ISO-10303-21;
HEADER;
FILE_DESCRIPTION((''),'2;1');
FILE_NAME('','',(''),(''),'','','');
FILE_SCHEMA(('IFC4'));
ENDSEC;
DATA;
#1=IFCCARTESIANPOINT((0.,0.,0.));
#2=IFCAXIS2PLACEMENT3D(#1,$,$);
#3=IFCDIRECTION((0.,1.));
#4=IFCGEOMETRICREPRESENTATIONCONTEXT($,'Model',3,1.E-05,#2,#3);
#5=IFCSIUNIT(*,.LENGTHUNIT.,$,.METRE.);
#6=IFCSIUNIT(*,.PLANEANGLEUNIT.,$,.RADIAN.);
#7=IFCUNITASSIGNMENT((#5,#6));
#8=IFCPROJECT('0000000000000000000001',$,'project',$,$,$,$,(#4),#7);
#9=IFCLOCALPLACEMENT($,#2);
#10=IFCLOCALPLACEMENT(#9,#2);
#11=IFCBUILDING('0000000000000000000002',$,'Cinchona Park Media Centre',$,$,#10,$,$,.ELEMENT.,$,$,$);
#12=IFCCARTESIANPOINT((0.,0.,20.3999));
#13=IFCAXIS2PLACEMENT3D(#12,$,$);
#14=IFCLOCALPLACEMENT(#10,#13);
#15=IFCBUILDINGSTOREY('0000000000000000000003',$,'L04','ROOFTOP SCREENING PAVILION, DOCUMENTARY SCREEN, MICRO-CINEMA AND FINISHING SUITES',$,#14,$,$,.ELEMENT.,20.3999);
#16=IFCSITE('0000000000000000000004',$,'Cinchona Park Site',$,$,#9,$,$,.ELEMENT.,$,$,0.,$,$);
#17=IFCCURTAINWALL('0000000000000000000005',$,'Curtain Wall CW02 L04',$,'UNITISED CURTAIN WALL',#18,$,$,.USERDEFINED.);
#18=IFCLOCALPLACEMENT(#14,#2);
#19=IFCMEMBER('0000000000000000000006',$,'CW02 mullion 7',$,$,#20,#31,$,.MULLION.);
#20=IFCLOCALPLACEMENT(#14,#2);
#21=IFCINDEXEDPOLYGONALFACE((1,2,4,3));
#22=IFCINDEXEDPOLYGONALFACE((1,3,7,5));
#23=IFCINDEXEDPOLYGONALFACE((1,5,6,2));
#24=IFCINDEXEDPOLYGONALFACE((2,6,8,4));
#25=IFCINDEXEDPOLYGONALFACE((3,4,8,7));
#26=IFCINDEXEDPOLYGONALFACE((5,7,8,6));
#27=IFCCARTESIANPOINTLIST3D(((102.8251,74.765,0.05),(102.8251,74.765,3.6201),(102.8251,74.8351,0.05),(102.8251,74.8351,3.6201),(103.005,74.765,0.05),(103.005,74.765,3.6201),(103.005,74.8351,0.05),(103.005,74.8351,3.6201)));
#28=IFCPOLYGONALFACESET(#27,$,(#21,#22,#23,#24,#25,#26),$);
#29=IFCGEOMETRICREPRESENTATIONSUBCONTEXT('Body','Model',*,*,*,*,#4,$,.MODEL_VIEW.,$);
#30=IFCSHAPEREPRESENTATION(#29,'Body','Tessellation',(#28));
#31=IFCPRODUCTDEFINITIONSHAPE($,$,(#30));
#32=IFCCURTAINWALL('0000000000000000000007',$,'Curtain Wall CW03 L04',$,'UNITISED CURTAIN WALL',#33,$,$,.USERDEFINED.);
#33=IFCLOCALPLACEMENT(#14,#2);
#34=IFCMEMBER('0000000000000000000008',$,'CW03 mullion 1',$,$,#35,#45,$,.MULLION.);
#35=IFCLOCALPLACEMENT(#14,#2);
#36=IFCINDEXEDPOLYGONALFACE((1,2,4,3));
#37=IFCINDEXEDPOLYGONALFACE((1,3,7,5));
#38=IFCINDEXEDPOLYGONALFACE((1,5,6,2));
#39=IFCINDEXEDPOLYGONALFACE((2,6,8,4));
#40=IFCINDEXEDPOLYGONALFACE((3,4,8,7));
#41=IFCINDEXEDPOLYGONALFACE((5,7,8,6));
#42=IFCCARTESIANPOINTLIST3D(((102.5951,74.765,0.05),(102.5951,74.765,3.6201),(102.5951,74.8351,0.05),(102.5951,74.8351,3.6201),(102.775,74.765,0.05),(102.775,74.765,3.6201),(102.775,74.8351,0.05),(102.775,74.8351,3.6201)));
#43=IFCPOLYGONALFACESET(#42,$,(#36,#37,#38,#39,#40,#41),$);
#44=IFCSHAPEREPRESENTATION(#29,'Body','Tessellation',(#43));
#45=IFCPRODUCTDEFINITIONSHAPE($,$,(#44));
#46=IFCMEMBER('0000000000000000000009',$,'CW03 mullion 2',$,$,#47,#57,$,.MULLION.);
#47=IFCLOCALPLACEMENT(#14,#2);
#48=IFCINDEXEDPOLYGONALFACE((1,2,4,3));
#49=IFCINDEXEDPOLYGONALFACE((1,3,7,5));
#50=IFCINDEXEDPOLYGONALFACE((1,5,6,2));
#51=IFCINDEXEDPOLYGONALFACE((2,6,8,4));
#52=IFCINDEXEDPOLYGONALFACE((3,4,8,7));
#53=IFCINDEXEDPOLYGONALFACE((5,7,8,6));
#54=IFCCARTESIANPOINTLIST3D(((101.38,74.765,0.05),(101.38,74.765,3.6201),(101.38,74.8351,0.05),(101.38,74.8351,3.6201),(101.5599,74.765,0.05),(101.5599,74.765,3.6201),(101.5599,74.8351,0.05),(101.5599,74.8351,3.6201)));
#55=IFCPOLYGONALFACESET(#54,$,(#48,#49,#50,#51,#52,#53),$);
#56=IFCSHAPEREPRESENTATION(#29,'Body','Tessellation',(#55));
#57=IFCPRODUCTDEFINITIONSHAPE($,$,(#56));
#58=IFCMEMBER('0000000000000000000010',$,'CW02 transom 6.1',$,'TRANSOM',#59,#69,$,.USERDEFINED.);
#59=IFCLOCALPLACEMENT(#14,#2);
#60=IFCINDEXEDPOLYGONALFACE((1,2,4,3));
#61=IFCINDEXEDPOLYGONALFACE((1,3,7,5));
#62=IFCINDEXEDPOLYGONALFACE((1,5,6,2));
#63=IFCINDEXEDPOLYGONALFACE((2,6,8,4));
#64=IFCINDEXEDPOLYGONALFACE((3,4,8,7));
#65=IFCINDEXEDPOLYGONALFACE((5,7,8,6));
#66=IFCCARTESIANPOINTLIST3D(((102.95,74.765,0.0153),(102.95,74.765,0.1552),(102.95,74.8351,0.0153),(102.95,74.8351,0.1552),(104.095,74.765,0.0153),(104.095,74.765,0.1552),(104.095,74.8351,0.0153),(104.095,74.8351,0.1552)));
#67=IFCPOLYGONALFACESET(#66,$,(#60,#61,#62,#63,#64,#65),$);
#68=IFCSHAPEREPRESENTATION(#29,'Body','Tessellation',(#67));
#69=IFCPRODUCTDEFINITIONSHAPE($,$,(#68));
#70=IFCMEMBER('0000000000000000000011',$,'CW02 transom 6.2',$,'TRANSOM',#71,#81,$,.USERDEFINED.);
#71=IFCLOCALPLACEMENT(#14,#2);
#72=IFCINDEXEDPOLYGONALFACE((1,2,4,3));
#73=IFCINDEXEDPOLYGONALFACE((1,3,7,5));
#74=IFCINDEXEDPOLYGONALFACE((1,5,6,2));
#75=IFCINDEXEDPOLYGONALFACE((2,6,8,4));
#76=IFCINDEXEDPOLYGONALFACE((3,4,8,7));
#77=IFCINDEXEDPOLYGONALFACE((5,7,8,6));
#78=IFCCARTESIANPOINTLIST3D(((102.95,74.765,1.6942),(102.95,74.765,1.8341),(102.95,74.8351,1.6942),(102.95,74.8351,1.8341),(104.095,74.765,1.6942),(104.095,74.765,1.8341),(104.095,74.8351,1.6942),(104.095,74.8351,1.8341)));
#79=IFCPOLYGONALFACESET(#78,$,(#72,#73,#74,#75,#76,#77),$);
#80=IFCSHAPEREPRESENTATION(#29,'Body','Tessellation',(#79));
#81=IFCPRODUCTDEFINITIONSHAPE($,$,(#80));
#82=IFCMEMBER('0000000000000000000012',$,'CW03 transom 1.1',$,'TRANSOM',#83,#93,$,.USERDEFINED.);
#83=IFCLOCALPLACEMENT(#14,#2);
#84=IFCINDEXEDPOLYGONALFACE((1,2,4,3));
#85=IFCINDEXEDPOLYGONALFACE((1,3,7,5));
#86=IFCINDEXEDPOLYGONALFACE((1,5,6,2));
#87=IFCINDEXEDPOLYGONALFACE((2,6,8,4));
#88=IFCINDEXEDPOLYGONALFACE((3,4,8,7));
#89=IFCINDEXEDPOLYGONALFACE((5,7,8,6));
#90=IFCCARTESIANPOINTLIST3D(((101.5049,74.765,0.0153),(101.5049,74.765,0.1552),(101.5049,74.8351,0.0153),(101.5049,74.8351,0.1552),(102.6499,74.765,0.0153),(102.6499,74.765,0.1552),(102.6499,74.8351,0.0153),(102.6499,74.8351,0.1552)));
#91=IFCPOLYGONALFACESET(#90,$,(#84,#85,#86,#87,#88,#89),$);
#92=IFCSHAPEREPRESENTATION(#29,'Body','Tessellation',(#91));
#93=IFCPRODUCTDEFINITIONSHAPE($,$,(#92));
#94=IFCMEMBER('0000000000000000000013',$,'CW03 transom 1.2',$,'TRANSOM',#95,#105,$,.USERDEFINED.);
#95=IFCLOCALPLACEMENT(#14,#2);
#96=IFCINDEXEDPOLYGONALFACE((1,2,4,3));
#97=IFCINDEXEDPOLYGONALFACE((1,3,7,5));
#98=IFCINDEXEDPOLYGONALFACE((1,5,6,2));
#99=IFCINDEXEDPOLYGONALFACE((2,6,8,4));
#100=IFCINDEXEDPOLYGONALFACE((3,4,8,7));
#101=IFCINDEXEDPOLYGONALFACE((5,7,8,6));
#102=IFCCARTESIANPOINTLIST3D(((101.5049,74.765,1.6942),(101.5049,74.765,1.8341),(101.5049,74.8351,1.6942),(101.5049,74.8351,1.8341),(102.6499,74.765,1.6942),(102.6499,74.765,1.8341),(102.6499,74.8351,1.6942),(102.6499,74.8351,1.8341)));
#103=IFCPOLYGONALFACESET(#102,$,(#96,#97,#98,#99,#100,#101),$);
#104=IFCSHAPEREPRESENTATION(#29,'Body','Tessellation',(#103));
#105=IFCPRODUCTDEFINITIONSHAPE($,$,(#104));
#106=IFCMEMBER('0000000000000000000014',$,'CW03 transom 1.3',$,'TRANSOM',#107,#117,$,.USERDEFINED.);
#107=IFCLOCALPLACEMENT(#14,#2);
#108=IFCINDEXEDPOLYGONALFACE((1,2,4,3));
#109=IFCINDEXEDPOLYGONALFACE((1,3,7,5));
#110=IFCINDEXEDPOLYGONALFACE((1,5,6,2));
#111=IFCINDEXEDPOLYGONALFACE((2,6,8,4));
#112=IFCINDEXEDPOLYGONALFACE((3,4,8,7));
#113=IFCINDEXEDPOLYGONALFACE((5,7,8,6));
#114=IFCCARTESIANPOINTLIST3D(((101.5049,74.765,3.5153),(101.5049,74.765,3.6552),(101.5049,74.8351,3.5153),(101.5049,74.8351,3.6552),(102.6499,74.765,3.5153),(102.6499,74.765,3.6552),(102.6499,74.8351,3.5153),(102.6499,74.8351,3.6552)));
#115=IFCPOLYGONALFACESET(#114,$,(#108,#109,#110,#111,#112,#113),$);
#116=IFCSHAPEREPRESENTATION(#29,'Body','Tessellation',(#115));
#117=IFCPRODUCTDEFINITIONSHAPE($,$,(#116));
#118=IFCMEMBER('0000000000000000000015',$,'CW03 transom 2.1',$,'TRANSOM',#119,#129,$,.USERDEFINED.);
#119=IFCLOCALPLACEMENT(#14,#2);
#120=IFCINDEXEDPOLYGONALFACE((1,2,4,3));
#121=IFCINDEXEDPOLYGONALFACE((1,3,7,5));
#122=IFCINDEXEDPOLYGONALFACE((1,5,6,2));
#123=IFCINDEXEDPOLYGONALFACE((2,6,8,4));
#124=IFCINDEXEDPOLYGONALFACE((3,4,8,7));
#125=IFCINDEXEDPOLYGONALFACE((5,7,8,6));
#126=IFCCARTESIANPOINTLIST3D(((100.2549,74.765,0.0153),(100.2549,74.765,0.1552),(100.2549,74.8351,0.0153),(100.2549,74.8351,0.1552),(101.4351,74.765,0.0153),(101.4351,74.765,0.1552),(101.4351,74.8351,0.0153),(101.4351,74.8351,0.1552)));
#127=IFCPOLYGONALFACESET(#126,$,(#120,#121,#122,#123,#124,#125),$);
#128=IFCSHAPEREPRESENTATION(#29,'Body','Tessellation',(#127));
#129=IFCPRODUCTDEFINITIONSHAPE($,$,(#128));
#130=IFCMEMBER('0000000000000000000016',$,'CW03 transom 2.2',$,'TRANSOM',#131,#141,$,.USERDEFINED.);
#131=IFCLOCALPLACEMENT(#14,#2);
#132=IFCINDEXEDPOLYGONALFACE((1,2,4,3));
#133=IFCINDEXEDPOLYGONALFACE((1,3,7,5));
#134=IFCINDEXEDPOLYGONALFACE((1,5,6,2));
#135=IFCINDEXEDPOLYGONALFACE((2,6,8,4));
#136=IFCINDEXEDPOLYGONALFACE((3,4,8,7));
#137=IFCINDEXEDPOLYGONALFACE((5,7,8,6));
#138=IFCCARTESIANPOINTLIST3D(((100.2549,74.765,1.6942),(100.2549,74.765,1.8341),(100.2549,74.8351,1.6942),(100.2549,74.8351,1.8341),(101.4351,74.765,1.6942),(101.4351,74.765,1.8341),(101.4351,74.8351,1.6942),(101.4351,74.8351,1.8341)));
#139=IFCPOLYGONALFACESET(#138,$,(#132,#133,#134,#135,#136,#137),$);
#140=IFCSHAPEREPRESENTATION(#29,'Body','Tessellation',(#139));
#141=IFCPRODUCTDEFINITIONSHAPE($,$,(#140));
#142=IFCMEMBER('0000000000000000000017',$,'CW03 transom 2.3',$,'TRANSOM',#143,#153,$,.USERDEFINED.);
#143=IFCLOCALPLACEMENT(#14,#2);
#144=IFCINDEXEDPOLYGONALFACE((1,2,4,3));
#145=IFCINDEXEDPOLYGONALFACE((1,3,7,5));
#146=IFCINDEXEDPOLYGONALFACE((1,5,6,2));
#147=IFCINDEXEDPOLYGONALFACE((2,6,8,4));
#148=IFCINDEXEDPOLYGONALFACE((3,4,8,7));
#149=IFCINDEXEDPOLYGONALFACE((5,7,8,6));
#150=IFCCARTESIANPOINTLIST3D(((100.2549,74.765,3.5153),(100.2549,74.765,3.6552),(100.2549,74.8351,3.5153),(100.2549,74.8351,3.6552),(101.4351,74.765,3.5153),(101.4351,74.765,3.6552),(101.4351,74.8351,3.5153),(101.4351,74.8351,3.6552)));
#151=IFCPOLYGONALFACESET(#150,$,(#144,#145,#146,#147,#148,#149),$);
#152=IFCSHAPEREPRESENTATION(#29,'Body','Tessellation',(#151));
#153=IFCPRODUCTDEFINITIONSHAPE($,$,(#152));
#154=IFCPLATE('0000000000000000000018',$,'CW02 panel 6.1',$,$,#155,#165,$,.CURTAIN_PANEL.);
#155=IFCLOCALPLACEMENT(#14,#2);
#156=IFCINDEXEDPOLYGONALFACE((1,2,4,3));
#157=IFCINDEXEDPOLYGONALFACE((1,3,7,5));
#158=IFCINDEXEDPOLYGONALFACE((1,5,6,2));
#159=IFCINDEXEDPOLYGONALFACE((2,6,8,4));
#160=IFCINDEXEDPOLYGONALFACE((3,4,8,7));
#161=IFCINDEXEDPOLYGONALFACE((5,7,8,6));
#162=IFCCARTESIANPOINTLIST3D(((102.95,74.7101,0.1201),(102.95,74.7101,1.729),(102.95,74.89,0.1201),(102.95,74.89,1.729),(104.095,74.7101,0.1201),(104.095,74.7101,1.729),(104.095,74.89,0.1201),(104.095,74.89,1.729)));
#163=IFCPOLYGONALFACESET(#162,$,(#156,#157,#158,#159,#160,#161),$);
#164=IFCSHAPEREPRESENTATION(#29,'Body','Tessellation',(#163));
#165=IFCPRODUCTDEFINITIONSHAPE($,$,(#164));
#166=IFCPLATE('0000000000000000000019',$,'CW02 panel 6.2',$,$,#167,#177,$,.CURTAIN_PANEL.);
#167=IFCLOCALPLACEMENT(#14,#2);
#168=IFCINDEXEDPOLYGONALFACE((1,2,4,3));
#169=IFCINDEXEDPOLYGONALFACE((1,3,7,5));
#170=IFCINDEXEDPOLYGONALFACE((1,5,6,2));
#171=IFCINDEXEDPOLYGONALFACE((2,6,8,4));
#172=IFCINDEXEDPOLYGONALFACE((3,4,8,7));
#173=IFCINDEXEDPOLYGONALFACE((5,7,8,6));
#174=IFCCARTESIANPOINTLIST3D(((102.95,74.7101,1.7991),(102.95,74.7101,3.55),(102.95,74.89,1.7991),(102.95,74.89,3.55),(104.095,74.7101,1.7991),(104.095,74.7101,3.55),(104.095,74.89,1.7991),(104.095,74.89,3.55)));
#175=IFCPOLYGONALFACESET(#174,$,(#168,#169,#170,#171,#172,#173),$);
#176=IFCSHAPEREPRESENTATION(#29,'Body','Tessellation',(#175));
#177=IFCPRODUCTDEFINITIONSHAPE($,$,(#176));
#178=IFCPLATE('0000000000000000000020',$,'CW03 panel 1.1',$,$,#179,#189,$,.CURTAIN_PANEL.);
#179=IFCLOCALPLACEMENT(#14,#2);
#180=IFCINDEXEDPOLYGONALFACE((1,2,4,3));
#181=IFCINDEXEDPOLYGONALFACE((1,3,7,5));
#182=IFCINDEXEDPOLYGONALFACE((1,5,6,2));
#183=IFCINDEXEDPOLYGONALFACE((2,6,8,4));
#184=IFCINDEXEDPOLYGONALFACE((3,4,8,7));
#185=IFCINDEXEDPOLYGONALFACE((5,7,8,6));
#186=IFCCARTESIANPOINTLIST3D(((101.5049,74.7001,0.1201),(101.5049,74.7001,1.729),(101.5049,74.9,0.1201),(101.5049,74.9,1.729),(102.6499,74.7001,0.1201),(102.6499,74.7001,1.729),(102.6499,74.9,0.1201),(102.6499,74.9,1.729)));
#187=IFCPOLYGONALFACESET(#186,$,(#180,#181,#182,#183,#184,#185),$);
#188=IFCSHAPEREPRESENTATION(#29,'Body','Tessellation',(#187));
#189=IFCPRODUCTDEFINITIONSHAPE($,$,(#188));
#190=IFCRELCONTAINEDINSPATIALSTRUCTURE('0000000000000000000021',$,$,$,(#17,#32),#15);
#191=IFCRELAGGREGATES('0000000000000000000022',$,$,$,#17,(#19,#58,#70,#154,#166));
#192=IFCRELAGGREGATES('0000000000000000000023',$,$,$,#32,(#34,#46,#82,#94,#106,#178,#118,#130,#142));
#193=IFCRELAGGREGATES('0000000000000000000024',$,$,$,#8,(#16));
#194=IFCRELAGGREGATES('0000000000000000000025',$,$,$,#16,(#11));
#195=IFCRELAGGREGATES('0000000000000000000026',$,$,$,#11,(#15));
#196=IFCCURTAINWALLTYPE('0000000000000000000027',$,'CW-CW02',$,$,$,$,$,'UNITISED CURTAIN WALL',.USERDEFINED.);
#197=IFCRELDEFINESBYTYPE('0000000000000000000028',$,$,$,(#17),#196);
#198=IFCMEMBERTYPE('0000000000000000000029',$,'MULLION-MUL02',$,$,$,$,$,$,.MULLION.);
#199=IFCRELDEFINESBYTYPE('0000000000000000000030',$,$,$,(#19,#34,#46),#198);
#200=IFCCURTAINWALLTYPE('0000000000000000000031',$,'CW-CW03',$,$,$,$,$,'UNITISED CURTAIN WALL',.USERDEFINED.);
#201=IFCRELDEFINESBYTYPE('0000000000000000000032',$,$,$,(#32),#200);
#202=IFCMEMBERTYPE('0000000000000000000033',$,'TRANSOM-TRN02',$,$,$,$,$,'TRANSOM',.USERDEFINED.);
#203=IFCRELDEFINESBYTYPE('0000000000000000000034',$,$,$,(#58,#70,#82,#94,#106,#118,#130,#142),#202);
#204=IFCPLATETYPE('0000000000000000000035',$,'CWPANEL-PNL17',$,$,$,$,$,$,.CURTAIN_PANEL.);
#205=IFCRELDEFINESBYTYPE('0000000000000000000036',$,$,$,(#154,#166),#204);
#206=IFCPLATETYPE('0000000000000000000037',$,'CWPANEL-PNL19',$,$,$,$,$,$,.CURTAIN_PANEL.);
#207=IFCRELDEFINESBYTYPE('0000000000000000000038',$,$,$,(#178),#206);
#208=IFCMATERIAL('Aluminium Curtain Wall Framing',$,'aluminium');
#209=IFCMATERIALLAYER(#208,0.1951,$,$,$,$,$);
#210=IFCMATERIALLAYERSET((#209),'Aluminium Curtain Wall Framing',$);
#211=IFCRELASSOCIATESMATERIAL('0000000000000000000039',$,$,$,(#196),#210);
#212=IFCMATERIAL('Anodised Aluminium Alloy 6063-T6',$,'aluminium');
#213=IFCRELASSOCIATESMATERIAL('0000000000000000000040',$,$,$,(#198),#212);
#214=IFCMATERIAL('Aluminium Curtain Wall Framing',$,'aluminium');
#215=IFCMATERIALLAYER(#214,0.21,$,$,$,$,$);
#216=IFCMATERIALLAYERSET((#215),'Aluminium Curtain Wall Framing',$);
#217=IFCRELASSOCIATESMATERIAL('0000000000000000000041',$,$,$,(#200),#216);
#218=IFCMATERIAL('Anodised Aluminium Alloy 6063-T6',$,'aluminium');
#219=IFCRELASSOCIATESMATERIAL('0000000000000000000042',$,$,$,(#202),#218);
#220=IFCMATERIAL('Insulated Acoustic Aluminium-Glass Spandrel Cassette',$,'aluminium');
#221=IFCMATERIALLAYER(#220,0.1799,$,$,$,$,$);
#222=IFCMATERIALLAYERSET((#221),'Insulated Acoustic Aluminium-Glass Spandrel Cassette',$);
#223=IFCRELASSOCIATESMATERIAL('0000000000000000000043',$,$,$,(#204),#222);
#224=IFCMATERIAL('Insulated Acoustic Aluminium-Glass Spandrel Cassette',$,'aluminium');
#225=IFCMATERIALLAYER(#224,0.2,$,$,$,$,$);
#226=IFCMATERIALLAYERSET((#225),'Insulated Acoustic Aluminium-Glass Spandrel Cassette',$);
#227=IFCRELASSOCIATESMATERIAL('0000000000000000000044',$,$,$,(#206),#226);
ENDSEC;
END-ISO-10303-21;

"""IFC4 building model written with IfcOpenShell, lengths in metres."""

from ifc_helpers import new_model, si_unit, direction, frame, origin, origin_2d, place, context, subcontext, project, spatial, rectangle, extrude, material, layer, layer_set, material_profile, profile_set, type_object, element, aggregate, save


model = new_model("IFC4")

# Units and contexts
model_context = context("Model", 3, precision=1e-05, world=origin(), true_north=direction((0.0, 1.0)))
body_context = subcontext(model_context, "Body", "Model", "MODEL_VIEW")
ifc_project = project(units=[si_unit("LENGTHUNIT", "METRE"), si_unit("PLANEANGLEUNIT", "RADIAN")], contexts=[model_context])

# Site, building, storey
site_placement = place(None, origin())
site = spatial("IfcSite", under=ifc_project, at=site_placement, Name="Cinchona Park Site", CompositionType="ELEMENT", RefElevation=0.0)
building_placement = place(site_placement, origin())
building = spatial("IfcBuilding", under=site, at=building_placement, Name="Cinchona Park Media Centre", CompositionType="ELEMENT")
storey_placement = place(building_placement, frame((0.0, 0.0, 20.3999)))
storey = spatial("IfcBuildingStorey", under=building, at=storey_placement, Name="L04", Description="ROOFTOP SCREENING PAVILION, DOCUMENTARY SCREEN, MICRO-CINEMA AND FINISHING SUITES", CompositionType="ELEMENT", Elevation=20.3999)

# Curtain wall, member
ifc_material_1 = material(Name="Aluminium Curtain Wall Framing", Category="aluminium")
ifc_layer_1 = layer(ifc_material_1, 0.1951)
ifc_layer_set_1 = layer_set([ifc_layer_1], Name="Aluminium Curtain Wall Framing")
curtain_wall_type_1 = type_object("IfcCurtainWallType", Name="CW-CW02", ElementType="UNITISED CURTAIN WALL", PredefinedType="USERDEFINED", material=ifc_layer_set_1)
curtain_wall_1_placement = place(storey_placement, origin())
curtain_wall_1 = element("IfcCurtainWall", 1, at=curtain_wall_1_placement, inside=storey, type_object=curtain_wall_type_1, Name="Curtain Wall CW02 L04", ObjectType="UNITISED CURTAIN WALL", PredefinedType="USERDEFINED")
ifc_material_2 = material(Name="Anodised Aluminium Alloy 6063-T6", Category="aluminium")
ifc_material_profile_1 = material_profile(ifc_material_2, rectangle(XDim=0.0701, YDim=0.1799, at=origin_2d()), Name="MUL-70X180")
ifc_profile_set_1 = profile_set([ifc_material_profile_1], Name="Anodised Aluminium Alloy 6063-T6")
member_type_1 = type_object("IfcMemberType", Name="MULLION-MUL02", PredefinedType="MULLION", material=ifc_profile_set_1)
member_1_placement = place(storey_placement, frame((102.915, 74.8, 0.05), z_axis=(0.0, 0.0, 1.0), x_axis=(0.0, -1.0, 0.0)))
member_1 = element("IfcMember", 2, at=member_1_placement, type_object=member_type_1, Name="CW02 mullion 7", PredefinedType="MULLION", context=body_context, shape_type="SweptSolid", body=[
    extrude(rectangle(XDim=0.0701, YDim=0.1799, at=origin_2d()), origin(), (0.0, 0.0, 1.0), 3.5701),
])

# Curtain wall, members
ifc_material_3 = material(Name="Aluminium Curtain Wall Framing", Category="aluminium")
ifc_layer_2 = layer(ifc_material_3, 0.21)
ifc_layer_set_2 = layer_set([ifc_layer_2], Name="Aluminium Curtain Wall Framing")
curtain_wall_type_2 = type_object("IfcCurtainWallType", Name="CW-CW03", ElementType="UNITISED CURTAIN WALL", PredefinedType="USERDEFINED", material=ifc_layer_set_2)
curtain_wall_2_placement = place(storey_placement, origin())
curtain_wall_2 = element("IfcCurtainWall", 3, at=curtain_wall_2_placement, inside=storey, type_object=curtain_wall_type_2, Name="Curtain Wall CW03 L04", ObjectType="UNITISED CURTAIN WALL", PredefinedType="USERDEFINED")
member_2_placement = place(storey_placement, frame((102.6851, 74.8, 0.05), z_axis=(0.0, 0.0, 1.0), x_axis=(0.0, -1.0, 0.0)))
member_2 = element("IfcMember", 4, at=member_2_placement, type_object=member_type_1, Name="CW03 mullion 1", PredefinedType="MULLION", context=body_context, shape_type="SweptSolid", body=[
    extrude(rectangle(XDim=0.0701, YDim=0.1799, at=origin_2d()), origin(), (0.0, 0.0, 1.0), 3.5701),
])
member_3_placement = place(storey_placement, frame((101.47, 74.8, 0.05), z_axis=(0.0, 0.0, 1.0), x_axis=(0.0, -1.0, 0.0)))
member_3 = element("IfcMember", 5, at=member_3_placement, type_object=member_type_1, Name="CW03 mullion 2", PredefinedType="MULLION", context=body_context, shape_type="SweptSolid", body=[
    extrude(rectangle(XDim=0.0701, YDim=0.1799, at=origin_2d()), origin(), (0.0, 0.0, 1.0), 3.5701),
])

# Members
ifc_material_4 = material(Name="Anodised Aluminium Alloy 6063-T6", Category="aluminium")
ifc_material_profile_2 = material_profile(ifc_material_4, rectangle(XDim=0.0701, YDim=0.1399, at=origin_2d()), Name="TRN-70X140")
ifc_profile_set_2 = profile_set([ifc_material_profile_2], Name="Anodised Aluminium Alloy 6063-T6")
member_type_2 = type_object("IfcMemberType", Name="TRANSOM-TRN02", ElementType="TRANSOM", PredefinedType="USERDEFINED", material=ifc_profile_set_2)
member_4_placement = place(storey_placement, frame((104.095, 74.8, 0.0852), z_axis=(-1.0, 0.0, 0.0), x_axis=(0.0, -1.0, 0.0)))
member_4 = element("IfcMember", 6, at=member_4_placement, type_object=member_type_2, Name="CW02 transom 6.1", ObjectType="TRANSOM", PredefinedType="USERDEFINED", context=body_context, shape_type="SweptSolid", body=[
    extrude(rectangle(XDim=0.0701, YDim=0.1399, at=origin_2d()), origin(), (0.0, 0.0, 1.0), 1.145),
])
member_5_placement = place(storey_placement, frame((104.095, 74.8, 1.7642), z_axis=(-1.0, 0.0, 0.0), x_axis=(0.0, -1.0, 0.0)))
member_5 = element("IfcMember", 7, at=member_5_placement, type_object=member_type_2, Name="CW02 transom 6.2", ObjectType="TRANSOM", PredefinedType="USERDEFINED", context=body_context, shape_type="SweptSolid", body=[
    extrude(rectangle(XDim=0.0701, YDim=0.1399, at=origin_2d()), origin(), (0.0, 0.0, 1.0), 1.145),
])
member_6_placement = place(storey_placement, frame((102.6499, 74.8, 0.0852), z_axis=(-1.0, 0.0, 0.0), x_axis=(0.0, -1.0, 0.0)))
member_6 = element("IfcMember", 8, at=member_6_placement, type_object=member_type_2, Name="CW03 transom 1.1", ObjectType="TRANSOM", PredefinedType="USERDEFINED", context=body_context, shape_type="SweptSolid", body=[
    extrude(rectangle(XDim=0.0701, YDim=0.1399, at=origin_2d()), origin(), (0.0, 0.0, 1.0), 1.145),
])
member_7_placement = place(storey_placement, frame((102.6499, 74.8, 1.7642), z_axis=(-1.0, 0.0, 0.0), x_axis=(0.0, -1.0, 0.0)))
member_7 = element("IfcMember", 9, at=member_7_placement, type_object=member_type_2, Name="CW03 transom 1.2", ObjectType="TRANSOM", PredefinedType="USERDEFINED", context=body_context, shape_type="SweptSolid", body=[
    extrude(rectangle(XDim=0.0701, YDim=0.1399, at=origin_2d()), origin(), (0.0, 0.0, 1.0), 1.145),
])
member_8_placement = place(storey_placement, frame((102.6499, 74.8, 3.5852), z_axis=(-1.0, 0.0, 0.0), x_axis=(0.0, -1.0, 0.0)))
member_8 = element("IfcMember", 10, at=member_8_placement, type_object=member_type_2, Name="CW03 transom 1.3", ObjectType="TRANSOM", PredefinedType="USERDEFINED", context=body_context, shape_type="SweptSolid", body=[
    extrude(rectangle(XDim=0.0701, YDim=0.1399, at=origin_2d()), origin(), (0.0, 0.0, 1.0), 1.145),
])
member_9_placement = place(storey_placement, frame((101.4351, 74.8, 0.0852), z_axis=(-1.0, 0.0, 0.0), x_axis=(0.0, -1.0, 0.0)))
member_9 = element("IfcMember", 11, at=member_9_placement, type_object=member_type_2, Name="CW03 transom 2.1", ObjectType="TRANSOM", PredefinedType="USERDEFINED", context=body_context, shape_type="SweptSolid", body=[
    extrude(rectangle(XDim=0.0701, YDim=0.1399, at=origin_2d()), origin(), (0.0, 0.0, 1.0), 1.1802),
])
member_10_placement = place(storey_placement, frame((101.4351, 74.8, 1.7642), z_axis=(-1.0, 0.0, 0.0), x_axis=(0.0, -1.0, 0.0)))
member_10 = element("IfcMember", 12, at=member_10_placement, type_object=member_type_2, Name="CW03 transom 2.2", ObjectType="TRANSOM", PredefinedType="USERDEFINED", context=body_context, shape_type="SweptSolid", body=[
    extrude(rectangle(XDim=0.0701, YDim=0.1399, at=origin_2d()), origin(), (0.0, 0.0, 1.0), 1.1802),
])
member_11_placement = place(storey_placement, frame((101.4351, 74.8, 3.5852), z_axis=(-1.0, 0.0, 0.0), x_axis=(0.0, -1.0, 0.0)))
member_11 = element("IfcMember", 13, at=member_11_placement, type_object=member_type_2, Name="CW03 transom 2.3", ObjectType="TRANSOM", PredefinedType="USERDEFINED", context=body_context, shape_type="SweptSolid", body=[
    extrude(rectangle(XDim=0.0701, YDim=0.1399, at=origin_2d()), origin(), (0.0, 0.0, 1.0), 1.1802),
])

# Plates
ifc_material_5 = material(Name="Insulated Acoustic Aluminium-Glass Spandrel Cassette", Category="aluminium")
ifc_layer_3 = layer(ifc_material_5, 0.1799)
ifc_layer_set_3 = layer_set([ifc_layer_3], Name="Insulated Acoustic Aluminium-Glass Spandrel Cassette")
plate_type_1 = type_object("IfcPlateType", Name="CWPANEL-PNL17", PredefinedType="CURTAIN_PANEL", material=ifc_layer_set_3)
plate_1_placement = place(storey_placement, frame((103.5225, 74.8, 0.1201), z_axis=(0.0, 0.0, 1.0), x_axis=(-1.0, 0.0, 0.0)))
plate_1 = element("IfcPlate", 14, at=plate_1_placement, type_object=plate_type_1, Name="CW02 panel 6.1", PredefinedType="CURTAIN_PANEL", context=body_context, shape_type="SweptSolid", body=[
    extrude(rectangle(XDim=1.145, YDim=0.1799, at=origin_2d()), origin(), (0.0, 0.0, 1.0), 1.6089),
])
plate_2_placement = place(storey_placement, frame((103.5225, 74.8, 1.7991), z_axis=(0.0, 0.0, 1.0), x_axis=(-1.0, 0.0, 0.0)))
plate_2 = element("IfcPlate", 15, at=plate_2_placement, type_object=plate_type_1, Name="CW02 panel 6.2", PredefinedType="CURTAIN_PANEL", context=body_context, shape_type="SweptSolid", body=[
    extrude(rectangle(XDim=1.145, YDim=0.1799, at=origin_2d()), origin(), (0.0, 0.0, 1.0), 1.751),
])
aggregate(curtain_wall_1, [member_1, member_4, member_5, plate_1, plate_2])
ifc_material_6 = material(Name="Insulated Acoustic Aluminium-Glass Spandrel Cassette", Category="aluminium")
ifc_layer_4 = layer(ifc_material_6, 0.2)
ifc_layer_set_4 = layer_set([ifc_layer_4], Name="Insulated Acoustic Aluminium-Glass Spandrel Cassette")
plate_type_2 = type_object("IfcPlateType", Name="CWPANEL-PNL19", PredefinedType="CURTAIN_PANEL", material=ifc_layer_set_4)
plate_3_placement = place(storey_placement, frame((102.0774, 74.8, 0.1201), z_axis=(0.0, 0.0, 1.0), x_axis=(-1.0, 0.0, 0.0)))
plate_3 = element("IfcPlate", 16, at=plate_3_placement, type_object=plate_type_2, Name="CW03 panel 1.1", PredefinedType="CURTAIN_PANEL", context=body_context, shape_type="SweptSolid", body=[
    extrude(rectangle(XDim=1.145, YDim=0.2, at=origin_2d()), origin(), (0.0, 0.0, 1.0), 1.6089),
])
aggregate(curtain_wall_2, [member_2, member_3, member_6, member_7, member_8, plate_3, member_9, member_10, member_11])

save(model, "model.ifc")
